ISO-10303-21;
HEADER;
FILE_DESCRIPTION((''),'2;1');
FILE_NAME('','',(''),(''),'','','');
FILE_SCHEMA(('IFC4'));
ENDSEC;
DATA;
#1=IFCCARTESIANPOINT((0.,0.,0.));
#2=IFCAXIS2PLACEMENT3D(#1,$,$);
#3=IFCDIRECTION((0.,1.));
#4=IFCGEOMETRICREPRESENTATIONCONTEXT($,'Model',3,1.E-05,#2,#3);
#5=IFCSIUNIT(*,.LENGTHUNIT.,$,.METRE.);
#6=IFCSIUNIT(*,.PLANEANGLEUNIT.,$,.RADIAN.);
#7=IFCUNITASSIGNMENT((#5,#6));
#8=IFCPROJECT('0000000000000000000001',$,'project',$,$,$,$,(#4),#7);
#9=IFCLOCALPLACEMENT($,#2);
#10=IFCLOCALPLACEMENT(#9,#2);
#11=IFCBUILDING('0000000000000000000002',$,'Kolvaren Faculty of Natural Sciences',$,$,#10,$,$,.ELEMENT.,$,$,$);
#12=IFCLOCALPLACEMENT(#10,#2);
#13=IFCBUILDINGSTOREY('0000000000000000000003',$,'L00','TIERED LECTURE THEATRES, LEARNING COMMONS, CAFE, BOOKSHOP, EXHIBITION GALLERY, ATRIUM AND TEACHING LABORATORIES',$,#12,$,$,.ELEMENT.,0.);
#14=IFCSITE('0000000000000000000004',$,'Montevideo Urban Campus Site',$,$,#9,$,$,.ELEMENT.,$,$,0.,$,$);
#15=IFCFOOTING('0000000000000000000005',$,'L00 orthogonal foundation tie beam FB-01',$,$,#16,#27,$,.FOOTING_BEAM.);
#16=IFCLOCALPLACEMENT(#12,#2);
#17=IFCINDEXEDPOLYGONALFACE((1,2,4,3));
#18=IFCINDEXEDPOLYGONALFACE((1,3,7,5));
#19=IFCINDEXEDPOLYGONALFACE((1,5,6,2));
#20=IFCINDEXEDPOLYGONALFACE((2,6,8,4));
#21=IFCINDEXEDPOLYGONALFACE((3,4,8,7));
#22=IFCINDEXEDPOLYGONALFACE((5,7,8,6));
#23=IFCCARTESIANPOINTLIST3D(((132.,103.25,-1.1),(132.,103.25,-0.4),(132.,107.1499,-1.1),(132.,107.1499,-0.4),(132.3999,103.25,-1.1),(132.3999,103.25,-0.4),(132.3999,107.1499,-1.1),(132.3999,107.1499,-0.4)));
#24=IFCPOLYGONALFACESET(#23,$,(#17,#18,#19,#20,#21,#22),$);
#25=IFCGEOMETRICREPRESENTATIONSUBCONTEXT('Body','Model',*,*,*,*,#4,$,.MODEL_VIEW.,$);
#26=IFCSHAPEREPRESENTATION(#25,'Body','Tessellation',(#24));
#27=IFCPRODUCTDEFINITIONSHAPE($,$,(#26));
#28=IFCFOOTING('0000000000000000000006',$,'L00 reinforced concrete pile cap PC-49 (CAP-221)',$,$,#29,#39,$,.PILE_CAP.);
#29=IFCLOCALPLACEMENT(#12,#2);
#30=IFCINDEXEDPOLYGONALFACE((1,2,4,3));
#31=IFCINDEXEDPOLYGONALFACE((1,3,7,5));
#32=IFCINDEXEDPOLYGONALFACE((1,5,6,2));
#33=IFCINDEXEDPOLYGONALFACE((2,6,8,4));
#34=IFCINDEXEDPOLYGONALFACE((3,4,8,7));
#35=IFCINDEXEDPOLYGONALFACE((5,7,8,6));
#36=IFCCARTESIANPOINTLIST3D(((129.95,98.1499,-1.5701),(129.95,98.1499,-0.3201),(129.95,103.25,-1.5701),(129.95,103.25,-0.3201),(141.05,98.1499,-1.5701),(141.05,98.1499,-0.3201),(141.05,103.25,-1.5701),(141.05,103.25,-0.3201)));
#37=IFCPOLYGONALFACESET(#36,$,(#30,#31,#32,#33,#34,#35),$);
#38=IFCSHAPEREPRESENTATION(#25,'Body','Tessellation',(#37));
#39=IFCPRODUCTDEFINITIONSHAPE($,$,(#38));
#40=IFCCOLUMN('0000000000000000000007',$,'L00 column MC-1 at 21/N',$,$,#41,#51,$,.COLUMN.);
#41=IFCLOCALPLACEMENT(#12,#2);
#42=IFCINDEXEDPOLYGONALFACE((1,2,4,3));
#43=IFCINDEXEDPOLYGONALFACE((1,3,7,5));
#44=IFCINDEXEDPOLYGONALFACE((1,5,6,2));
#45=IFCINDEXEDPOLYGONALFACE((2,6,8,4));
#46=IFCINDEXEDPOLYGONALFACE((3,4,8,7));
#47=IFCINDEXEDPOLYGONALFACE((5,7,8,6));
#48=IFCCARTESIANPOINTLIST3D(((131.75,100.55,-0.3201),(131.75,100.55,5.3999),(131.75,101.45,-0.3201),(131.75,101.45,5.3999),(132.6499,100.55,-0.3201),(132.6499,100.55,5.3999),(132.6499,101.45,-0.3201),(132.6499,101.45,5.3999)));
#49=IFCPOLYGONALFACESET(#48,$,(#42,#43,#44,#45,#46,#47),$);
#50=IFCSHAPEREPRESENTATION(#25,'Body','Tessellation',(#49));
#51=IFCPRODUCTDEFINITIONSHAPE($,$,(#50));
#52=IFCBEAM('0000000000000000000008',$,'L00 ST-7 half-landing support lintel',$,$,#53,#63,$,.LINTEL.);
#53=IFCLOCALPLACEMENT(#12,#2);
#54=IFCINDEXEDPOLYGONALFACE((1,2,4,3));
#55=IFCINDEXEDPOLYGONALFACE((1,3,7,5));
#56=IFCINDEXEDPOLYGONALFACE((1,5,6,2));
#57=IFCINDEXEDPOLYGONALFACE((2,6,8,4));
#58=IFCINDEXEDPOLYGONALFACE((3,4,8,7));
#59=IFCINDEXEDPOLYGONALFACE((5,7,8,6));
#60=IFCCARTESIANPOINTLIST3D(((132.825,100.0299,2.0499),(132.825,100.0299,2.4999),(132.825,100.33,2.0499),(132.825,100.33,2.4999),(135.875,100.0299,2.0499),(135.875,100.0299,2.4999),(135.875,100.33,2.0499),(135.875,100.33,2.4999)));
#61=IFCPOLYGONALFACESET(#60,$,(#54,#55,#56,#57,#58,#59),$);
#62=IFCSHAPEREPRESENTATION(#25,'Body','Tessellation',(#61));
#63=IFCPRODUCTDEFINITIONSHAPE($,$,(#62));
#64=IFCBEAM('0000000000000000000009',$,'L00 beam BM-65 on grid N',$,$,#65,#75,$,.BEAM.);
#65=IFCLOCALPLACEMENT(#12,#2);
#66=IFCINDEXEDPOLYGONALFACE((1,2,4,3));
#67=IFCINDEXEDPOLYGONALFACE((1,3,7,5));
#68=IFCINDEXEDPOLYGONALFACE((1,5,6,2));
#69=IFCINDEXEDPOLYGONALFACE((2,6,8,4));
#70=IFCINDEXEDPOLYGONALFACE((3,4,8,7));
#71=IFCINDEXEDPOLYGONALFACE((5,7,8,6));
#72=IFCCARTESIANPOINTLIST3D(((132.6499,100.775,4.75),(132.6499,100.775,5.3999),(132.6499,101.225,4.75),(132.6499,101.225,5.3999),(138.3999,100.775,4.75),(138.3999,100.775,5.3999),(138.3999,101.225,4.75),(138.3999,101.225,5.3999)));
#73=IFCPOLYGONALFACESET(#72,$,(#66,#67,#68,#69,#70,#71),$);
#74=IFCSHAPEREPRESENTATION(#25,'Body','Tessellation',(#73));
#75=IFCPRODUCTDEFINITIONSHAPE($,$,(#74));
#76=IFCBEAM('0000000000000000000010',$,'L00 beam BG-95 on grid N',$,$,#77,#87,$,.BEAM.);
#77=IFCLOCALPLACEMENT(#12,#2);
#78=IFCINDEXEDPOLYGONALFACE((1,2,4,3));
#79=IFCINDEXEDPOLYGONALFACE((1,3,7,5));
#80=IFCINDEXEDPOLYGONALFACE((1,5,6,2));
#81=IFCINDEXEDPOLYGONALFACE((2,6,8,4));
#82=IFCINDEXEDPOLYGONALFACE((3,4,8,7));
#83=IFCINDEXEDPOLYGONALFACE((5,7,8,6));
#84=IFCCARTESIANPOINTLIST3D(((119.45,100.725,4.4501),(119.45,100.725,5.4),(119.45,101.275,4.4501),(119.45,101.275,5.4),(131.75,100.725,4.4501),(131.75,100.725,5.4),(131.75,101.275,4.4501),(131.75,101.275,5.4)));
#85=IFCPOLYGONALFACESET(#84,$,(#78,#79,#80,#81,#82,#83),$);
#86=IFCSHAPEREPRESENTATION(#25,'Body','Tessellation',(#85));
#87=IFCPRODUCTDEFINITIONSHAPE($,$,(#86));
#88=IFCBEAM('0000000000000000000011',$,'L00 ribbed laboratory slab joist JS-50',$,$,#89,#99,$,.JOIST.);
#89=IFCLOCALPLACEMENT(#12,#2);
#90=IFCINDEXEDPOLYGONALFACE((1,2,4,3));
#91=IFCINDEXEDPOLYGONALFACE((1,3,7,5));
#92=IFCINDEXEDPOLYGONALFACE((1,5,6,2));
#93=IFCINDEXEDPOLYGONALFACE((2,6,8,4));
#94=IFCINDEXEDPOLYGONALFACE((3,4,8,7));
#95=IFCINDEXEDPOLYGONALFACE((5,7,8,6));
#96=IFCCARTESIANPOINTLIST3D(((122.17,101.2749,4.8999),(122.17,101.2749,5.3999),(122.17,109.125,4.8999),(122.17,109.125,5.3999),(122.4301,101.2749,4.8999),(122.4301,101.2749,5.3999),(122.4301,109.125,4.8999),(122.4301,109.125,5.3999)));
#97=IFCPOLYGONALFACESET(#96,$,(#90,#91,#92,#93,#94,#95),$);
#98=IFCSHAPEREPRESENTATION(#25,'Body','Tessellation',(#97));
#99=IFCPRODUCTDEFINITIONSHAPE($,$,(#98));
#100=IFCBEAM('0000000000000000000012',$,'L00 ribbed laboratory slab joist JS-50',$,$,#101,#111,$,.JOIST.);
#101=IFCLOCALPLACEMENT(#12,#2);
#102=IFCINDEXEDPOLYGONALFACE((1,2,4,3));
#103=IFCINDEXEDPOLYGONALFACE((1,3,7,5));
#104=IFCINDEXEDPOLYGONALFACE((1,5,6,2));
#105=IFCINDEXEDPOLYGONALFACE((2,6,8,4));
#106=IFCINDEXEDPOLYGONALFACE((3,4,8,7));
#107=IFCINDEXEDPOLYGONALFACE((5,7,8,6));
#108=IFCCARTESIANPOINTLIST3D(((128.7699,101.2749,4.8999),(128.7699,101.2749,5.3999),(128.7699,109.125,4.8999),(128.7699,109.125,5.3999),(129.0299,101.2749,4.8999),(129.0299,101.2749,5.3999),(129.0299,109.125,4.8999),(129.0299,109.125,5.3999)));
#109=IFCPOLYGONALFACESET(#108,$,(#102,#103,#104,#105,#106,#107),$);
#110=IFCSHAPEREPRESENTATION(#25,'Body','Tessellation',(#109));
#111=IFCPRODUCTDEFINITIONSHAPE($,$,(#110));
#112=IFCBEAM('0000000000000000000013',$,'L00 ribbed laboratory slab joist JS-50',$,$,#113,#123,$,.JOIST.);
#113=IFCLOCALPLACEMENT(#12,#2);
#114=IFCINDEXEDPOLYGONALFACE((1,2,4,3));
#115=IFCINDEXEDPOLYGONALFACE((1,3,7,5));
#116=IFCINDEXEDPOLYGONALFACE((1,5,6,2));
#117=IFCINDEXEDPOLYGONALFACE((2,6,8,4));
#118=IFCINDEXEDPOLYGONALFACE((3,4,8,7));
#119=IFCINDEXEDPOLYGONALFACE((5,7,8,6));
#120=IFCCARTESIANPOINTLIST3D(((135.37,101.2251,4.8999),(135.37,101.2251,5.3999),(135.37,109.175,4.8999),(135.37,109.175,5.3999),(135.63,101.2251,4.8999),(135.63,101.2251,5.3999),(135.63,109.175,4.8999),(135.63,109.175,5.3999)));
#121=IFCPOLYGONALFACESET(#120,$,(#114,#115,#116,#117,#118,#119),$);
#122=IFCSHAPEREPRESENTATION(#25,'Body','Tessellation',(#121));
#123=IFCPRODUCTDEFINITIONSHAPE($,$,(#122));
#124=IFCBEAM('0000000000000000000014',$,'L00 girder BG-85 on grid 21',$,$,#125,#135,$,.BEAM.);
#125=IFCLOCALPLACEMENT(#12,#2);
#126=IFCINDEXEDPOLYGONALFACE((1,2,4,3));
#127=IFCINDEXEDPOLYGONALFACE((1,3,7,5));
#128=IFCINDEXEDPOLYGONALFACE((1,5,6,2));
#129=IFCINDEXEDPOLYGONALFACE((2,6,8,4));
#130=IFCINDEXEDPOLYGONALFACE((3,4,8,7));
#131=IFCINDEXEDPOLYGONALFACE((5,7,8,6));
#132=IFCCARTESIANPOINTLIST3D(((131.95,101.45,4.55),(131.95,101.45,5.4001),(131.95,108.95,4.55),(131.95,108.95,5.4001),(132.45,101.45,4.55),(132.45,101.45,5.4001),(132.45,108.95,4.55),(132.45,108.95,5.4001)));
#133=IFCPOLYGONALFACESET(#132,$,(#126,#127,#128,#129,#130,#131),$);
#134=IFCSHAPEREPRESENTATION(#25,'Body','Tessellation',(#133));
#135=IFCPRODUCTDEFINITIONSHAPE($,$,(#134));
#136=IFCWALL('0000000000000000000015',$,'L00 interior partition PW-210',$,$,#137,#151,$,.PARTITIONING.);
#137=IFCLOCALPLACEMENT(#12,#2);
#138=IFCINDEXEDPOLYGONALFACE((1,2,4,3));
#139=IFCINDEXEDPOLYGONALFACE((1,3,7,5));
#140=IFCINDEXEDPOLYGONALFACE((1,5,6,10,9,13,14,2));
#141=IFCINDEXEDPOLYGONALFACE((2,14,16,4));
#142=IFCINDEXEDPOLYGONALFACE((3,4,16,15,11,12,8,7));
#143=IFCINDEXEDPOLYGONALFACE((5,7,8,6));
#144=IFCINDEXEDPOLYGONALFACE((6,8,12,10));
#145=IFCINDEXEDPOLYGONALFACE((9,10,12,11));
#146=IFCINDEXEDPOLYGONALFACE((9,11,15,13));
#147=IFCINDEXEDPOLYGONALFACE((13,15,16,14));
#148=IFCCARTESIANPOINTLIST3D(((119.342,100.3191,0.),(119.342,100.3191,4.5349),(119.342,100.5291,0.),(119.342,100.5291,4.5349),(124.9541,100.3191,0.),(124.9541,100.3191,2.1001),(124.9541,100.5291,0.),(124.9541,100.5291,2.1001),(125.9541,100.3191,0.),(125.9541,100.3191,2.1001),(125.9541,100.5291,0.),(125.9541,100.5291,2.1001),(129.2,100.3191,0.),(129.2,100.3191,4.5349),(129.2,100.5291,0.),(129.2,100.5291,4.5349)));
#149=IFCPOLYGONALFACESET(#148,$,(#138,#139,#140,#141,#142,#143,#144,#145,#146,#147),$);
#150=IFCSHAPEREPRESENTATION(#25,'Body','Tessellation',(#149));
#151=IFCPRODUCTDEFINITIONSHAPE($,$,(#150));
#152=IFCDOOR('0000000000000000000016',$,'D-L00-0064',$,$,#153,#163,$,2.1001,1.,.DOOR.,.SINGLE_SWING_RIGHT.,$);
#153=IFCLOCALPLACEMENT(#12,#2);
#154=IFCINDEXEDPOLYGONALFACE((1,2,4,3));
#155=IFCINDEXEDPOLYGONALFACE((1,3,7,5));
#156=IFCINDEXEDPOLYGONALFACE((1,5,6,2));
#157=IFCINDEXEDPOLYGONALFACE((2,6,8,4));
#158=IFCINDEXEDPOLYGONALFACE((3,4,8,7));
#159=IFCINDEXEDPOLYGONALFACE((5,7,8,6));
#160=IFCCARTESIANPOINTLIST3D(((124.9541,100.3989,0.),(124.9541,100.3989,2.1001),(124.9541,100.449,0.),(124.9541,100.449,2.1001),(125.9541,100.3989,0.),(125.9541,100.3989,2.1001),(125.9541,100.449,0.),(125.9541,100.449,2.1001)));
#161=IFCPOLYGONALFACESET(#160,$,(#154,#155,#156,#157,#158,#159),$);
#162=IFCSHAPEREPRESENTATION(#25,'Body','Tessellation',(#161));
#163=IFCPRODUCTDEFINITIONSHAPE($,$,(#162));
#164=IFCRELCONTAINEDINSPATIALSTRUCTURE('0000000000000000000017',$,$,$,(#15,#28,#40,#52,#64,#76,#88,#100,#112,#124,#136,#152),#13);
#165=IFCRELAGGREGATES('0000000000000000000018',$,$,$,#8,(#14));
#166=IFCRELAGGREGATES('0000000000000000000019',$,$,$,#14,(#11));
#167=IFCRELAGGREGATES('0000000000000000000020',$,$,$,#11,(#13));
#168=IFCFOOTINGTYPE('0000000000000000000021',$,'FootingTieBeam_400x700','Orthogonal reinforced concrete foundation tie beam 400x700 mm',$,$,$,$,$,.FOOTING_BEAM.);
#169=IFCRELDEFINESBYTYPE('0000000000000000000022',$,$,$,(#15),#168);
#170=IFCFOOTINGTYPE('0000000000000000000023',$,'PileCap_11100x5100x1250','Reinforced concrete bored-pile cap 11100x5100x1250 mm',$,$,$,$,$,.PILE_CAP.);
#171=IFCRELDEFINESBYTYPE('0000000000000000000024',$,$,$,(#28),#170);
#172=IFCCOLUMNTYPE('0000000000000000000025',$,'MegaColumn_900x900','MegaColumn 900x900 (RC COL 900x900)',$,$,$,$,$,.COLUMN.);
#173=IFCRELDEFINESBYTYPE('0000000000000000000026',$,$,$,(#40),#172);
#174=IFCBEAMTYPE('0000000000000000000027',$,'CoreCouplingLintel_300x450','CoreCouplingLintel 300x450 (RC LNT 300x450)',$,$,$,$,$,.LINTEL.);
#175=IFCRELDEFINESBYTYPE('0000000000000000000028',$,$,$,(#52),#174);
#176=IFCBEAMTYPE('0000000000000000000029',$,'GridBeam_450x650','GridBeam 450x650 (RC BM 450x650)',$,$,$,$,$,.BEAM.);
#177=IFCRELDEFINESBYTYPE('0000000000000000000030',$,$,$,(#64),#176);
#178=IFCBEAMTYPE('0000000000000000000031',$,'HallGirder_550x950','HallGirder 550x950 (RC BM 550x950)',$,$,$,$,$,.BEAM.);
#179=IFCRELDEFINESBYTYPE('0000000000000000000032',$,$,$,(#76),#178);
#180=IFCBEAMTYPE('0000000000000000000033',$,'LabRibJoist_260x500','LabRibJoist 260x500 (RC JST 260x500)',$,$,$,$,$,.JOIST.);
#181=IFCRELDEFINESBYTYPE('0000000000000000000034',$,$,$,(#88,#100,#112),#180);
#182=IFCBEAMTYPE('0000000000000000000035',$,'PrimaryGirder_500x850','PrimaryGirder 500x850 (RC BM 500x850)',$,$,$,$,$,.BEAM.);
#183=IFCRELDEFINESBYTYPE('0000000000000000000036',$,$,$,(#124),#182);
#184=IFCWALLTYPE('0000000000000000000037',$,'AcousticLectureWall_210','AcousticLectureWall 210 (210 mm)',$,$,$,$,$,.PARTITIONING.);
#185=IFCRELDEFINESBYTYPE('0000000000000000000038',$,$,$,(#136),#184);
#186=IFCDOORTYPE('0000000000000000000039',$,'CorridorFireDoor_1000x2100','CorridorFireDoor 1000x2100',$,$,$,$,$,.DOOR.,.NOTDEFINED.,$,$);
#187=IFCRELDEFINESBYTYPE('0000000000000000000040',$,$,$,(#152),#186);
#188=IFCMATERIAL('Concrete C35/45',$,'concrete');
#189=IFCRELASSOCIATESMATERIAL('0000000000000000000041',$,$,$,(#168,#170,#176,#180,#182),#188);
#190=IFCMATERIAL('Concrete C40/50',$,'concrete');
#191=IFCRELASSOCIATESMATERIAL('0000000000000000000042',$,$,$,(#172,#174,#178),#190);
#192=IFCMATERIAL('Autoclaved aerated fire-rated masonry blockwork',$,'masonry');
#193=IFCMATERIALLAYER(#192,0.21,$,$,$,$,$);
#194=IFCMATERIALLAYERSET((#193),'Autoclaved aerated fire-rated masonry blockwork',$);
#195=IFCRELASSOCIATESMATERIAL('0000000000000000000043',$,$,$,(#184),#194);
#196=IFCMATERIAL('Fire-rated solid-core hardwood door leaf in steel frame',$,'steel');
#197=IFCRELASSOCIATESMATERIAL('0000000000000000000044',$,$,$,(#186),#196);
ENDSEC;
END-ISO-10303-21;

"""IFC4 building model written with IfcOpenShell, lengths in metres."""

from ifc_helpers import new_model, si_unit, direction, frame, frame_2d, origin, origin_2d, place, context, subcontext, project, spatial, rectangle, extrude, material, layer, layer_set, material_profile, profile_set, type_object, element, fill, save


model = new_model("IFC4")

# Units and contexts
model_context = context("Model", 3, precision=1e-05, world=origin(), true_north=direction((0.0, 1.0)))
body_context = subcontext(model_context, "Body", "Model", "MODEL_VIEW")
ifc_project = project(units=[si_unit("LENGTHUNIT", "METRE"), si_unit("PLANEANGLEUNIT", "RADIAN")], contexts=[model_context])

# Site, building, storey
site_placement = place(None, origin())
site = spatial("IfcSite", under=ifc_project, at=site_placement, Name="Montevideo Urban Campus Site", CompositionType="ELEMENT", RefElevation=0.0)
building_placement = place(site_placement, origin())
building = spatial("IfcBuilding", under=site, at=building_placement, Name="Kolvaren Faculty of Natural Sciences", CompositionType="ELEMENT")
storey_placement = place(building_placement, origin())
storey = spatial("IfcBuildingStorey", under=building, at=storey_placement, Name="L00", Description="TIERED LECTURE THEATRES, LEARNING COMMONS, CAFE, BOOKSHOP, EXHIBITION GALLERY, ATRIUM AND TEACHING LABORATORIES", CompositionType="ELEMENT", Elevation=0.0)

# Shared definitions
ifc_material_1 = material(Name="Concrete C35/45", Category="concrete")

# Footings
ifc_material_profile_1 = material_profile(ifc_material_1, rectangle(XDim=0.3999, YDim=0.7, at=origin_2d()), Name="RC FB 400x700")
ifc_profile_set_1 = profile_set([ifc_material_profile_1], Name="Concrete C35/45")
footing_type_1 = type_object("IfcFootingType", Name="FootingTieBeam_400x700", Description="Orthogonal reinforced concrete foundation tie beam 400x700 mm", PredefinedType="FOOTING_BEAM", material=ifc_profile_set_1)
footing_1_placement = place(storey_placement, frame((132.2, 103.25, -0.75), z_axis=(0.0, 1.0, 0.0), x_axis=(-1.0, 0.0, 0.0)))
element("IfcFooting", 1, at=footing_1_placement, inside=storey, type_object=footing_type_1, Name="L00 orthogonal foundation tie beam FB-01", PredefinedType="FOOTING_BEAM", context=body_context, shape_type="SweptSolid", body=[
    extrude(rectangle(XDim=0.3999, YDim=0.7, at=origin_2d()), origin(), (0.0, 0.0, 1.0), 3.8999),
])
footing_type_2 = type_object("IfcFootingType", Name="PileCap_11100x5100x1250", Description="Reinforced concrete bored-pile cap 11100x5100x1250 mm", PredefinedType="PILE_CAP", material=ifc_material_1)
footing_2_placement = place(storey_placement, frame((135.5, 100.7, -1.5701), z_axis=(0.0, 0.0, 1.0), x_axis=(1.0, 0.0, 0.0)))
element("IfcFooting", 2, at=footing_2_placement, inside=storey, type_object=footing_type_2, Name="L00 reinforced concrete pile cap PC-49 (CAP-221)", PredefinedType="PILE_CAP", context=body_context, shape_type="SweptSolid", body=[
    extrude(rectangle(XDim=11.1001, YDim=5.1001, at=origin_2d()), origin(), (0.0, 0.0, 1.0), 1.25),
])

# Column
ifc_material_2 = material(Name="Concrete C40/50", Category="concrete")
ifc_material_profile_2 = material_profile(ifc_material_2, rectangle(XDim=0.8999, YDim=0.8999, at=origin_2d()), Name="RC COL 900x900")
ifc_profile_set_2 = profile_set([ifc_material_profile_2], Name="Concrete C40/50")
column_type = type_object("IfcColumnType", Name="MegaColumn_900x900", Description="MegaColumn 900x900 (RC COL 900x900)", PredefinedType="COLUMN", material=ifc_profile_set_2)
column_placement = place(storey_placement, frame((132.2, 101.0, -0.3201), z_axis=(0.0, 0.0, 1.0), x_axis=(1.0, 0.0, 0.0)))
element("IfcColumn", 3, at=column_placement, inside=storey, type_object=column_type, Name="L00 column MC-1 at 21/N", PredefinedType="COLUMN", context=body_context, shape_type="SweptSolid", body=[
    extrude(rectangle(XDim=0.8999, YDim=0.8999, at=origin_2d()), origin(), (0.0, 0.0, 1.0), 5.72),
])

# Beams
ifc_material_profile_3 = material_profile(ifc_material_2, rectangle(XDim=0.3, YDim=0.45, at=origin_2d()), Name="RC LNT 300x450")
ifc_profile_set_3 = profile_set([ifc_material_profile_3], Name="Concrete C40/50")
beam_type_1 = type_object("IfcBeamType", Name="CoreCouplingLintel_300x450", Description="CoreCouplingLintel 300x450 (RC LNT 300x450)", PredefinedType="LINTEL", material=ifc_profile_set_3)
beam_1_placement = place(storey_placement, frame((132.825, 100.1799, 2.2749), z_axis=(1.0, 0.0, 0.0), x_axis=(0.0, 1.0, 0.0)))
element("IfcBeam", 4, at=beam_1_placement, inside=storey, type_object=beam_type_1, Name="L00 ST-7 half-landing support lintel", PredefinedType="LINTEL", context=body_context, shape_type="SweptSolid", body=[
    extrude(rectangle(XDim=0.3, YDim=0.45, at=origin_2d()), origin(), (0.0, 0.0, 1.0), 3.05),
])
ifc_material_profile_4 = material_profile(ifc_material_1, rectangle(XDim=0.45, YDim=0.6499, at=origin_2d()), Name="RC BM 450x650")
ifc_profile_set_4 = profile_set([ifc_material_profile_4], Name="Concrete C35/45")
beam_type_2 = type_object("IfcBeamType", Name="GridBeam_450x650", Description="GridBeam 450x650 (RC BM 450x650)", PredefinedType="BEAM", material=ifc_profile_set_4)
beam_2_placement = place(storey_placement, frame((132.6499, 101.0, 5.075), z_axis=(1.0, 0.0, 0.0), x_axis=(0.0, 1.0, 0.0)))
element("IfcBeam", 5, at=beam_2_placement, inside=storey, type_object=beam_type_2, Name="L00 beam BM-65 on grid N", PredefinedType="BEAM", context=body_context, shape_type="SweptSolid", body=[
    extrude(rectangle(XDim=0.45, YDim=0.6499, at=origin_2d()), origin(), (0.0, 0.0, 1.0), 5.75),
])
ifc_material_profile_5 = material_profile(ifc_material_2, rectangle(XDim=0.55, YDim=0.95, at=origin_2d()), Name="RC BM 550x950")
ifc_profile_set_5 = profile_set([ifc_material_profile_5], Name="Concrete C40/50")
beam_type_3 = type_object("IfcBeamType", Name="HallGirder_550x950", Description="HallGirder 550x950 (RC BM 550x950)", PredefinedType="BEAM", material=ifc_profile_set_5)
beam_3_placement = place(storey_placement, frame((119.45, 101.0, 4.925), z_axis=(1.0, 0.0, 0.0), x_axis=(0.0, 1.0, 0.0)))
element("IfcBeam", 6, at=beam_3_placement, inside=storey, type_object=beam_type_3, Name="L00 beam BG-95 on grid N", PredefinedType="BEAM", context=body_context, shape_type="SweptSolid", body=[
    extrude(rectangle(XDim=0.55, YDim=0.95, at=origin_2d()), origin(), (0.0, 0.0, 1.0), 12.3),
])
ifc_material_profile_6 = material_profile(ifc_material_1, rectangle(XDim=0.26, YDim=0.5, at=origin_2d()), Name="RC JST 260x500")
ifc_profile_set_6 = profile_set([ifc_material_profile_6], Name="Concrete C35/45")
beam_type_4 = type_object("IfcBeamType", Name="LabRibJoist_260x500", Description="LabRibJoist 260x500 (RC JST 260x500)", PredefinedType="JOIST", material=ifc_profile_set_6)
for number, where, z_axis, x_axis, name in (
    (7, (122.3, 101.2749, 5.1499), (0.0, 1.0, 0.0), (-1.0, 0.0, 0.0), "L00 ribbed laboratory slab joist JS-50"),
    (8, (128.8999, 101.2749, 5.1499), (0.0, 1.0, 0.0), (-1.0, 0.0, 0.0), "L00 ribbed laboratory slab joist JS-50"),
):
    element("IfcBeam", number, at=place(storey_placement, frame(where, z_axis=z_axis, x_axis=x_axis)), inside=storey, type_object=beam_type_4, Name=name, PredefinedType="JOIST", context=body_context, shape_type="SweptSolid", body=[
        extrude(rectangle(XDim=0.26, YDim=0.5, at=origin_2d()), origin(), (0.0, 0.0, 1.0), 7.8501),
    ])
beam_4_placement = place(storey_placement, frame((135.5, 101.2251, 5.1499), z_axis=(0.0, 1.0, 0.0), x_axis=(-1.0, 0.0, 0.0)))
element("IfcBeam", 9, at=beam_4_placement, inside=storey, type_object=beam_type_4, Name="L00 ribbed laboratory slab joist JS-50", PredefinedType="JOIST", context=body_context, shape_type="SweptSolid", body=[
    extrude(rectangle(XDim=0.26, YDim=0.5, at=origin_2d()), origin(), (0.0, 0.0, 1.0), 7.95),
])
ifc_material_profile_7 = material_profile(ifc_material_1, rectangle(XDim=0.5, YDim=0.8501, at=origin_2d()), Name="RC BM 500x850")
ifc_profile_set_7 = profile_set([ifc_material_profile_7], Name="Concrete C35/45")
beam_type_5 = type_object("IfcBeamType", Name="PrimaryGirder_500x850", Description="PrimaryGirder 500x850 (RC BM 500x850)", PredefinedType="BEAM", material=ifc_profile_set_7)
beam_5_placement = place(storey_placement, frame((132.2, 101.45, 4.9751), z_axis=(0.0, 1.0, 0.0), x_axis=(-1.0, 0.0, 0.0)))
element("IfcBeam", 10, at=beam_5_placement, inside=storey, type_object=beam_type_5, Name="L00 girder BG-85 on grid 21", PredefinedType="BEAM", context=body_context, shape_type="SweptSolid", body=[
    extrude(rectangle(XDim=0.5, YDim=0.8501, at=origin_2d()), origin(), (0.0, 0.0, 1.0), 7.5),
])

# Wall, opening, door
ifc_material_3 = material(Name="Autoclaved aerated fire-rated masonry blockwork", Category="masonry")
ifc_layer_1 = layer(ifc_material_3, 0.21)
ifc_layer_set_1 = layer_set([ifc_layer_1], Name="Autoclaved aerated fire-rated masonry blockwork")
wall_type_1 = type_object("IfcWallType", Name="AcousticLectureWall_210", Description="AcousticLectureWall 210 (210 mm)", PredefinedType="PARTITIONING", material=ifc_layer_set_1)
wall_1_placement = place(storey_placement, frame((119.342, 100.4241, 0.0), z_axis=(0.0, 0.0, 1.0), x_axis=(1.0, 0.0, 0.0)))
wall_1 = element("IfcWall", 11, at=wall_1_placement, inside=storey, type_object=wall_type_1, Name="L00 interior partition PW-210", PredefinedType="PARTITIONING", context=body_context, shape_type="SweptSolid", body=[
    extrude(rectangle(XDim=9.8579, YDim=0.21, at=frame_2d((4.929, 0.0))), origin(), (0.0, 0.0, 1.0), 4.5349),
])
opening_1_placement = place(wall_1_placement, frame((5.6121, 0.0, 0.0)))
opening_1 = element("IfcOpeningElement", 12, at=opening_1_placement, cuts=wall_1, PredefinedType="OPENING", context=body_context, shape_type="SweptSolid", body=[
    extrude(rectangle(XDim=1.0, YDim=2.1001, at=frame_2d((0.5, 1.05))), frame((0.0, 0.115, 0.0), z_axis=(0.0, -1.0, 0.0), x_axis=(1.0, 0.0, 0.0)), (0.0, 0.0, 1.0), 0.23),
])
ifc_material_4 = material(Name="Fire-rated solid-core hardwood door leaf in steel frame", Category="steel")
door_type_1 = type_object("IfcDoorType", Name="CorridorFireDoor_1000x2100", Description="CorridorFireDoor 1000x2100", OperationType="NOTDEFINED", PredefinedType="DOOR", material=ifc_material_4)
door_1_placement = place(opening_1_placement, origin())
door_1 = element("IfcDoor", 13, at=door_1_placement, inside=storey, type_object=door_type_1, Name="D-L00-0064", OperationType="SINGLE_SWING_RIGHT", OverallHeight=2.1001, OverallWidth=1.0, PredefinedType="DOOR", context=body_context, shape_type="SweptSolid", body=[
    extrude(rectangle(XDim=1.0, YDim=2.1001, at=frame_2d((0.5, 1.05))), frame((0.0, 0.0249, 0.0), z_axis=(0.0, -1.0, 0.0), x_axis=(1.0, 0.0, 0.0)), (0.0, 0.0, 1.0), 0.05),
])
fill(opening_1, door_1)

save(model, "model.ifc")
